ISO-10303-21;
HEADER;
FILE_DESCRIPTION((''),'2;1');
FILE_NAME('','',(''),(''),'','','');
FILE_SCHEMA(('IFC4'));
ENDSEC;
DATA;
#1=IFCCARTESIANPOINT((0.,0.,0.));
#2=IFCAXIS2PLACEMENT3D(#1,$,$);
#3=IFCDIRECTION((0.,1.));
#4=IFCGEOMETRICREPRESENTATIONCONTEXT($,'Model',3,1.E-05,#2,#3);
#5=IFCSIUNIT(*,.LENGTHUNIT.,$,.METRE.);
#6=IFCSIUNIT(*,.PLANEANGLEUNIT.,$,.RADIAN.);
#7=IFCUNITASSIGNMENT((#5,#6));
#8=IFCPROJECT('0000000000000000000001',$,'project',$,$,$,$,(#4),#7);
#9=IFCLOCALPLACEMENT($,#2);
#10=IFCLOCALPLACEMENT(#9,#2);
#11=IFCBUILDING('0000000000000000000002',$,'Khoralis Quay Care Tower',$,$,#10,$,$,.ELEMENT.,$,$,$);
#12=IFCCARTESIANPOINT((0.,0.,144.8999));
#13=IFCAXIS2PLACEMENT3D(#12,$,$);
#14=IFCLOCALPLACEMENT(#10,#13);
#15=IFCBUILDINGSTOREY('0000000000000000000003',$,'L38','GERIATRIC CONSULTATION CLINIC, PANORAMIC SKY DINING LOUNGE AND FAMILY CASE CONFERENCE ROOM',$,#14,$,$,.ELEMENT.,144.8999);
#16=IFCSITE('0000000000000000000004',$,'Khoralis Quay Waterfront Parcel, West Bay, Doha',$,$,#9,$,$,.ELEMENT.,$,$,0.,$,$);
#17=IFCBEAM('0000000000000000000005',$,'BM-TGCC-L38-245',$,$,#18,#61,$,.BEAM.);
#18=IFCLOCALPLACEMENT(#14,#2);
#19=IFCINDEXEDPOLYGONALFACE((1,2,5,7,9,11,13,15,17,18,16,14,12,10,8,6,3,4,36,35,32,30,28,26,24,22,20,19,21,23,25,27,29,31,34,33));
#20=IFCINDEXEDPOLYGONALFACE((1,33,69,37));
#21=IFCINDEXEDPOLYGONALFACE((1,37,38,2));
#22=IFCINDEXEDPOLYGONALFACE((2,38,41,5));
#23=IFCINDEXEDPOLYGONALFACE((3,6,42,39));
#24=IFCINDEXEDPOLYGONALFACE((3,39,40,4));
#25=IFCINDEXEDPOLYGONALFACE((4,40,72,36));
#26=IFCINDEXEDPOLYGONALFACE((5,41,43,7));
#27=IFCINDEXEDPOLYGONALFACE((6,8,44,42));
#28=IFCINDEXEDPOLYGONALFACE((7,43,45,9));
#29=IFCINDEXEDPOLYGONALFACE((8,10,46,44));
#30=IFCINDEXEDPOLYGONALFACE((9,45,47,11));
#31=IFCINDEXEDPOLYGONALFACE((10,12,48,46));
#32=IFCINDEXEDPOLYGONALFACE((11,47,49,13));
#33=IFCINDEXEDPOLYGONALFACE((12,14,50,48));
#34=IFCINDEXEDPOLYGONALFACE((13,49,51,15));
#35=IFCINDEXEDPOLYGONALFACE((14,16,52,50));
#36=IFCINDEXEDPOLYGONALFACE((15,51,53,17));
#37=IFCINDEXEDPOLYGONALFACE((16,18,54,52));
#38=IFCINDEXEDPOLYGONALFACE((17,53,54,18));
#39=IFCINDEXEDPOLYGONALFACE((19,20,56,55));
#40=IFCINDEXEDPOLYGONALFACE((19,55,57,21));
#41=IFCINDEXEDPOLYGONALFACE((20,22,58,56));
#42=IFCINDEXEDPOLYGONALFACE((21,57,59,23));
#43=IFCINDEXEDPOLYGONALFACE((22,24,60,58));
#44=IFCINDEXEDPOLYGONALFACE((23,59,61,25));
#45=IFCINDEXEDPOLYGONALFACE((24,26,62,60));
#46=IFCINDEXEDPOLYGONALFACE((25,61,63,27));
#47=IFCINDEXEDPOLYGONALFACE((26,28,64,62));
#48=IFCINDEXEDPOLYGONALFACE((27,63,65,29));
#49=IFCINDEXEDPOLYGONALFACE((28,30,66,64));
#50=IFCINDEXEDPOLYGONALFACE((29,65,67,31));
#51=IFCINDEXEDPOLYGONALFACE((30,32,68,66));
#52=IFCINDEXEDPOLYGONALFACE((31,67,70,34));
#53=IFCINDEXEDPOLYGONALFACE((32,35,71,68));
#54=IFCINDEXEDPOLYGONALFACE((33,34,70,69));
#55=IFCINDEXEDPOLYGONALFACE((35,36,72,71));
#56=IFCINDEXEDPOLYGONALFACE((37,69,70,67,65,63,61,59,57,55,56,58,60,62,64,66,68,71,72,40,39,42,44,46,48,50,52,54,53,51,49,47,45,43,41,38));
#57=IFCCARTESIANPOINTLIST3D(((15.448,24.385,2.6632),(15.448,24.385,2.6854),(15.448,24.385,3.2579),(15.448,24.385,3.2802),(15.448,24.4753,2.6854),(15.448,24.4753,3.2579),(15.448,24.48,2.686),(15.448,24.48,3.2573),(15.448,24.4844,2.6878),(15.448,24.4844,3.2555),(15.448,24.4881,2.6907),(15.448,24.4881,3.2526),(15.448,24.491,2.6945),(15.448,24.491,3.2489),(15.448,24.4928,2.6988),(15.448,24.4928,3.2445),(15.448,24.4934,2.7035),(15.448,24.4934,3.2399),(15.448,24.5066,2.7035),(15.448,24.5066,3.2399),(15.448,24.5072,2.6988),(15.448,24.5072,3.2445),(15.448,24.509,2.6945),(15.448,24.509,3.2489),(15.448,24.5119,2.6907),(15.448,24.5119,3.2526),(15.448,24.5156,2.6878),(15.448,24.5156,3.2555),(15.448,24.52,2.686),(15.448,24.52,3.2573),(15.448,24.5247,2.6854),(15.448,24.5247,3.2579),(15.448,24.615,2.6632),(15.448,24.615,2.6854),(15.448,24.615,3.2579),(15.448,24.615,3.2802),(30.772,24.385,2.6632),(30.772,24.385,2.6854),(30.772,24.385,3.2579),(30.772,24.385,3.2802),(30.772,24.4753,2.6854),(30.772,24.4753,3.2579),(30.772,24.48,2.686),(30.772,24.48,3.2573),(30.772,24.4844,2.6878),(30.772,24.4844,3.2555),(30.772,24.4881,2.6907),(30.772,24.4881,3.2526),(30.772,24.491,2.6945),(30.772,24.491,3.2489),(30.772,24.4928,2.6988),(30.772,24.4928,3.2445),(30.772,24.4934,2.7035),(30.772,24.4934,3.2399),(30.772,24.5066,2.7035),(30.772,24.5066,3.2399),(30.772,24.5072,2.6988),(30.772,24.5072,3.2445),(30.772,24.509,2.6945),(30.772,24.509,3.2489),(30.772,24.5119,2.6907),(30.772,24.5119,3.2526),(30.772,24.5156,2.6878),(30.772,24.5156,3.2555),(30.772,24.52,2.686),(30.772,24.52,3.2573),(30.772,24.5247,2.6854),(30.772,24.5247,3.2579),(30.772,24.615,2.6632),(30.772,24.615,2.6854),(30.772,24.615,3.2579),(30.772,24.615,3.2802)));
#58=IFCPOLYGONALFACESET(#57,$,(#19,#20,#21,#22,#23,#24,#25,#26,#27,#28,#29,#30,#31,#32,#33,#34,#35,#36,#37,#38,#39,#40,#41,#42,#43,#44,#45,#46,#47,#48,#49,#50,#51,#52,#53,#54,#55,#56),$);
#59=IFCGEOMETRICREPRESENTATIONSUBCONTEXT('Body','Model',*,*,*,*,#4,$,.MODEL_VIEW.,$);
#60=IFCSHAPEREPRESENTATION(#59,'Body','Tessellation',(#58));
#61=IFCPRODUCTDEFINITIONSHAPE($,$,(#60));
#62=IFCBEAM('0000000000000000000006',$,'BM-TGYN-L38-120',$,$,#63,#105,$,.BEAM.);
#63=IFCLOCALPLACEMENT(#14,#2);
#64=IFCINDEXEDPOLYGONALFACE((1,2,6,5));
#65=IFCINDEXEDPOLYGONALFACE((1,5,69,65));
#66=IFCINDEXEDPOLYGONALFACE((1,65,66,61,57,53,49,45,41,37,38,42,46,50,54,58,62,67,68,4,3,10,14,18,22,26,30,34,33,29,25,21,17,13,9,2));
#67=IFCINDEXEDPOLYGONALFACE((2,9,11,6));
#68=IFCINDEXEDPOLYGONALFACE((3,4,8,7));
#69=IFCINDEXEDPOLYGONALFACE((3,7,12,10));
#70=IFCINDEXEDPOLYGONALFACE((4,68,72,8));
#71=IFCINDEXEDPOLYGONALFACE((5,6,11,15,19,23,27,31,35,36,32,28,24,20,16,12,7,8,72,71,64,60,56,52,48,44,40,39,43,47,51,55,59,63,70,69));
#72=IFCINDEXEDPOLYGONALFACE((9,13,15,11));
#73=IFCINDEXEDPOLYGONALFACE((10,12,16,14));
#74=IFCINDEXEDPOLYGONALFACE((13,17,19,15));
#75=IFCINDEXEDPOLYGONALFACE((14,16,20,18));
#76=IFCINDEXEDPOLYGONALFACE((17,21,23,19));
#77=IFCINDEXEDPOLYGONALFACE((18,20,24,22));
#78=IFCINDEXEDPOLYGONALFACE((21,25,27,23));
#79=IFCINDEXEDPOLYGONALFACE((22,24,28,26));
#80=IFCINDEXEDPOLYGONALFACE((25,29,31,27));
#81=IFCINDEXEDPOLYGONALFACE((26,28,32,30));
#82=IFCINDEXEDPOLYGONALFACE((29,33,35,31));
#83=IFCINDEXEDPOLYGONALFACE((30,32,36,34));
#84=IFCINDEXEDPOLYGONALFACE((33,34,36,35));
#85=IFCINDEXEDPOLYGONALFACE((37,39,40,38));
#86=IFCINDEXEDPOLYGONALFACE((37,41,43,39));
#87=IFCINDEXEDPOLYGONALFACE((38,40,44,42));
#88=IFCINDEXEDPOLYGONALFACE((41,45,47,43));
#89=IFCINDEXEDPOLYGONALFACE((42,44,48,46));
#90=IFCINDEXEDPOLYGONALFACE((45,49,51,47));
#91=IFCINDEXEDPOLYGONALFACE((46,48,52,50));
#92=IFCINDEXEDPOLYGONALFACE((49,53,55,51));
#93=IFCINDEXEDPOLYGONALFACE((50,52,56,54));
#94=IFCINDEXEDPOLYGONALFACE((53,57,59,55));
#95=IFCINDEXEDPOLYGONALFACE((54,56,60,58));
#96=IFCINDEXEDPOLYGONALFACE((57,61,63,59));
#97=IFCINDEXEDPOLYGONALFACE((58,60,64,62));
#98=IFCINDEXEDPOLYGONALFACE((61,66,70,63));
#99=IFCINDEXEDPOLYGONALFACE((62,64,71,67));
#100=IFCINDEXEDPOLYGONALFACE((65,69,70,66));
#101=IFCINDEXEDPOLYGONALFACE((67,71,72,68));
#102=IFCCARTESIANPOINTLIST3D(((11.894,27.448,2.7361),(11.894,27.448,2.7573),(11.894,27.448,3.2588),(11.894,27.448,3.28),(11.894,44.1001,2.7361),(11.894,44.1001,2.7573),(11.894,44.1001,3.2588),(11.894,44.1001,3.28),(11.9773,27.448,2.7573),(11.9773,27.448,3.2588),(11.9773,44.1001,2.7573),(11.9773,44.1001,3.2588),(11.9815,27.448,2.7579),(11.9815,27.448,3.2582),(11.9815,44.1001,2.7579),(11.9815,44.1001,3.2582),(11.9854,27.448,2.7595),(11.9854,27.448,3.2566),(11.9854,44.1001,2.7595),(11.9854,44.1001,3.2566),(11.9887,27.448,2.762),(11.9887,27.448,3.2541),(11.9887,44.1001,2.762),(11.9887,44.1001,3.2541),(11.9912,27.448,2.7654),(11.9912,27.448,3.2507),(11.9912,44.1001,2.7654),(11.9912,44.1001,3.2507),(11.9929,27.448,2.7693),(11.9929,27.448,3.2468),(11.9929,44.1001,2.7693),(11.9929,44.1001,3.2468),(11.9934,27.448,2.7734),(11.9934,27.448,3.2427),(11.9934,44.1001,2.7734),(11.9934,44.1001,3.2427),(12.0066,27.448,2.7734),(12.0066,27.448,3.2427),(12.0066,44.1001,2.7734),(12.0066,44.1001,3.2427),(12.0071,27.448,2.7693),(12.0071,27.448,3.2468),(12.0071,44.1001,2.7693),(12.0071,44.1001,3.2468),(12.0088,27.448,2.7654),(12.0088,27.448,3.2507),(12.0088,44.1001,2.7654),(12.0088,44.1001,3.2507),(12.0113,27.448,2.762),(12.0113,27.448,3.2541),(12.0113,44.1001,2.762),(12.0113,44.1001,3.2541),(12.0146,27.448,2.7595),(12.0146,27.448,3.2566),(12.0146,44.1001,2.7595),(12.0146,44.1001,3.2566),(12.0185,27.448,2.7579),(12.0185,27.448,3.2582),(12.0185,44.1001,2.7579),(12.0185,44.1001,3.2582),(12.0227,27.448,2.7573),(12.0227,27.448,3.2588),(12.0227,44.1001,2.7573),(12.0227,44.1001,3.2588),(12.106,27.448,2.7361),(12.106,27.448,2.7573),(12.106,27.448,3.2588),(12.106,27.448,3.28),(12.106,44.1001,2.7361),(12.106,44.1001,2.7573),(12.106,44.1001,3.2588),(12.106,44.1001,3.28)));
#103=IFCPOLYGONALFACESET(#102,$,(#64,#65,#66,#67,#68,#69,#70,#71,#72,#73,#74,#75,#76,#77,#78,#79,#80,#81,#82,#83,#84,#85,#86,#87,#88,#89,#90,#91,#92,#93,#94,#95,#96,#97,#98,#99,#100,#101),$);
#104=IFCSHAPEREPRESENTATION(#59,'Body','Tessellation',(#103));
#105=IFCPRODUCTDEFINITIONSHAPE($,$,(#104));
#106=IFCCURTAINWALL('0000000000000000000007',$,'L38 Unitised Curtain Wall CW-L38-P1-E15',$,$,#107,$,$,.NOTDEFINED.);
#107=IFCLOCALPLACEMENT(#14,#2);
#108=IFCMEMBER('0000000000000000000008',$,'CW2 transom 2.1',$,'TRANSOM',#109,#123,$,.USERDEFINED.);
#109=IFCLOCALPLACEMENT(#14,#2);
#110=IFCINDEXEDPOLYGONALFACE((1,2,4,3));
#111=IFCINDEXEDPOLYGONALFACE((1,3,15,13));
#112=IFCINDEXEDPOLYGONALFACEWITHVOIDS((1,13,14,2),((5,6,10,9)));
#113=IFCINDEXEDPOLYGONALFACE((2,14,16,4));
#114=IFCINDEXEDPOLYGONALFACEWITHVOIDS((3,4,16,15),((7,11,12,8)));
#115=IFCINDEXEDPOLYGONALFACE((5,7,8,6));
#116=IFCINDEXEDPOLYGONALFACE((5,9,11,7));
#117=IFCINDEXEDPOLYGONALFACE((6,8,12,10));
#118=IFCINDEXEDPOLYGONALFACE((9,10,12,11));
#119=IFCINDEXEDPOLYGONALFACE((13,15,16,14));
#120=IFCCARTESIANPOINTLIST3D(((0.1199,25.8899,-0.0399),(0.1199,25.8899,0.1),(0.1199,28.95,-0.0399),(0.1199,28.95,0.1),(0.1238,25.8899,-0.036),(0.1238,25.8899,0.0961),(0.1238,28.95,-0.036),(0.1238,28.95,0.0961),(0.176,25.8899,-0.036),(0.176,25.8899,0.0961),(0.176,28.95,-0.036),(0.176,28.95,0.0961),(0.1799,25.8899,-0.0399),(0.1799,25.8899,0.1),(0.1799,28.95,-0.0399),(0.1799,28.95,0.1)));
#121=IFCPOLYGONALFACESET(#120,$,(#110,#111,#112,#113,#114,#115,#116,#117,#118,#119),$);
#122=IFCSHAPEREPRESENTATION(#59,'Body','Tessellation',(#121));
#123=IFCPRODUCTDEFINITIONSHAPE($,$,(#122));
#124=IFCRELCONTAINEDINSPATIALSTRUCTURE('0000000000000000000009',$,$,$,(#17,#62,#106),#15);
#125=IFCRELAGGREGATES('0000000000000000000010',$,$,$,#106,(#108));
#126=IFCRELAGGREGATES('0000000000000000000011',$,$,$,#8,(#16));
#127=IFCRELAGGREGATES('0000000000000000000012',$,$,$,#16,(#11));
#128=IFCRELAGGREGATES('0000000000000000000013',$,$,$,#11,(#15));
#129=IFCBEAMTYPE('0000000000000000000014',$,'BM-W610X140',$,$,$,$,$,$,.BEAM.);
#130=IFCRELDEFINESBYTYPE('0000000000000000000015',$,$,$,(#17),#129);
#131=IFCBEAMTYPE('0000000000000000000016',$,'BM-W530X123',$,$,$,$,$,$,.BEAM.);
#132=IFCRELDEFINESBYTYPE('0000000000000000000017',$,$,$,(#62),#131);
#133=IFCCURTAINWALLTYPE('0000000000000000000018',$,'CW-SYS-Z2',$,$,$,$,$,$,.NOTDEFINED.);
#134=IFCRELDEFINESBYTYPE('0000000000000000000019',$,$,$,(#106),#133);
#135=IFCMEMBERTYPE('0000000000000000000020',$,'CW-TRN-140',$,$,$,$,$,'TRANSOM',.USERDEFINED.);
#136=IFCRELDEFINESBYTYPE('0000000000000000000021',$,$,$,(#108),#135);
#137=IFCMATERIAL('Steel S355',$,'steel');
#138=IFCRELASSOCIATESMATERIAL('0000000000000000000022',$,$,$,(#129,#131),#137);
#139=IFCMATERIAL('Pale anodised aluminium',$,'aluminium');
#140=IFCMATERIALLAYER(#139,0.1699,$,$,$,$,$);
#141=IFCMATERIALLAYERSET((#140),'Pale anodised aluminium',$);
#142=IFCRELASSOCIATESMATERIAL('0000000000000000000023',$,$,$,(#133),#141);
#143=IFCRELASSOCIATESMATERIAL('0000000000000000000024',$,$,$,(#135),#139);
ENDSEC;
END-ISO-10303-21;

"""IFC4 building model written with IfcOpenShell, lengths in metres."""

from ifc_helpers import new_model, si_unit, direction, frame, origin, origin_2d, place, context, subcontext, project, spatial, hollow_rectangle, i_section, extrude, source, transform, mapped, material, layer, layer_set, material_profile, profile_set, type_object, element, aggregate, save


model = new_model("IFC4")

# Units and contexts
model_context = context("Model", 3, precision=1e-05, world=origin(), true_north=direction((0.0, 1.0)))
body_context = subcontext(model_context, "Body", "Model", "MODEL_VIEW")
ifc_project = project(units=[si_unit("LENGTHUNIT", "METRE"), si_unit("PLANEANGLEUNIT", "RADIAN")], contexts=[model_context])

# Site, building, storey
site_placement = place(None, origin())
site = spatial("IfcSite", under=ifc_project, at=site_placement, Name="Khoralis Quay Waterfront Parcel, West Bay, Doha", CompositionType="ELEMENT", RefElevation=0.0)
building_placement = place(site_placement, origin())
building = spatial("IfcBuilding", under=site, at=building_placement, Name="Khoralis Quay Care Tower", CompositionType="ELEMENT")
storey_placement = place(building_placement, frame((0.0, 0.0, 144.8999)))
storey = spatial("IfcBuildingStorey", under=building, at=storey_placement, Name="L38", Description="GERIATRIC CONSULTATION CLINIC, PANORAMIC SKY DINING LOUNGE AND FAMILY CASE CONFERENCE ROOM", CompositionType="ELEMENT", Elevation=144.8999)

# Beams
ifc_material_1 = material(Name="Steel S355", Category="steel")
ifc_material_profile_1 = material_profile(ifc_material_1, i_section(OverallWidth=0.23, OverallDepth=0.6169, WebThickness=0.0132, FlangeThickness=0.0222, FilletRadius=0.0181, at=origin_2d()), Name="Steel S355")
ifc_profile_set_1 = profile_set([ifc_material_profile_1], Name="Steel S355")
beam_type_1 = type_object("IfcBeamType", Name="BM-W610X140", PredefinedType="BEAM", material=ifc_profile_set_1)
shared_shape_1 = source(origin(), body_context, "Body", "SweptSolid", [
    extrude(i_section(OverallWidth=0.23, OverallDepth=0.6169, WebThickness=0.0132, FlangeThickness=0.0222, FilletRadius=0.0181, at=origin_2d()), origin(), (0.0, 0.0, 1.0), 15.324),
])
beam_1_placement = place(storey_placement, frame((15.448, 24.5, 2.9717), z_axis=(1.0, 0.0, 0.0), x_axis=(0.0, 1.0, 0.0)))
element("IfcBeam", 1, at=beam_1_placement, inside=storey, type_object=beam_type_1, Name="BM-TGCC-L38-245", PredefinedType="BEAM", context=body_context, shape_type="MappedRepresentation", body=[
    mapped(shared_shape_1, transform((0.0, 0.0, 0.0), scale=1.0)),
])
ifc_material_profile_2 = material_profile(ifc_material_1, i_section(OverallWidth=0.2119, OverallDepth=0.5439, WebThickness=0.0132, FlangeThickness=0.0212, FilletRadius=0.0161, at=origin_2d()), Name="Steel S355")
ifc_profile_set_2 = profile_set([ifc_material_profile_2], Name="Steel S355")
beam_type_2 = type_object("IfcBeamType", Name="BM-W530X123", PredefinedType="BEAM", material=ifc_profile_set_2)
shared_shape_2 = source(origin(), body_context, "Body", "SweptSolid", [
    extrude(i_section(OverallWidth=0.2119, OverallDepth=0.5439, WebThickness=0.0132, FlangeThickness=0.0212, FilletRadius=0.0161, at=origin_2d()), origin(), (0.0, 0.0, 1.0), 16.6521),
])
beam_2_placement = place(storey_placement, frame((12.0, 27.448, 3.0081), z_axis=(0.0, 1.0, 0.0), x_axis=(-1.0, 0.0, 0.0)))
element("IfcBeam", 2, at=beam_2_placement, inside=storey, type_object=beam_type_2, Name="BM-TGYN-L38-120", PredefinedType="BEAM", context=body_context, shape_type="MappedRepresentation", body=[
    mapped(shared_shape_2, transform((0.0, 0.0, 0.0), scale=1.0)),
])

# Curtain wall, member
ifc_material_2 = material(Name="Pale anodised aluminium", Category="aluminium")
ifc_layer_1 = layer(ifc_material_2, 0.1699)
ifc_layer_set_1 = layer_set([ifc_layer_1], Name="Pale anodised aluminium")
curtain_wall_type = type_object("IfcCurtainWallType", Name="CW-SYS-Z2", PredefinedType="NOTDEFINED", material=ifc_layer_set_1)
curtain_wall_placement = place(storey_placement, origin())
curtain_wall = element("IfcCurtainWall", 3, at=curtain_wall_placement, inside=storey, type_object=curtain_wall_type, Name="L38 Unitised Curtain Wall CW-L38-P1-E15", PredefinedType="NOTDEFINED")
ifc_material_profile_3 = material_profile(ifc_material_2, hollow_rectangle(XDim=0.0601, YDim=0.1399, WallThickness=0.0039, at=origin_2d()), Name="Pale anodised aluminium")
ifc_profile_set_3 = profile_set([ifc_material_profile_3], Name="Pale anodised aluminium")
member_type = type_object("IfcMemberType", Name="CW-TRN-140", ElementType="TRANSOM", PredefinedType="USERDEFINED", material=ifc_profile_set_3)
shared_shape_3 = source(origin(), body_context, "Body", "SweptSolid", [
    extrude(hollow_rectangle(XDim=0.0601, YDim=0.1399, WallThickness=0.0039, at=origin_2d()), origin(), (0.0, 0.0, 1.0), 3.0601),
])
member_placement = place(storey_placement, frame((0.1499, 28.95, 0.03), z_axis=(0.0, -1.0, 0.0), x_axis=(1.0, 0.0, 0.0)))
member = element("IfcMember", 4, at=member_placement, type_object=member_type, Name="CW2 transom 2.1", ObjectType="TRANSOM", PredefinedType="USERDEFINED", context=body_context, shape_type="MappedRepresentation", body=[
    mapped(shared_shape_3, transform((0.0, 0.0, 0.0), scale=1.0)),
])
aggregate(curtain_wall, [member])

save(model, "model.ifc")
